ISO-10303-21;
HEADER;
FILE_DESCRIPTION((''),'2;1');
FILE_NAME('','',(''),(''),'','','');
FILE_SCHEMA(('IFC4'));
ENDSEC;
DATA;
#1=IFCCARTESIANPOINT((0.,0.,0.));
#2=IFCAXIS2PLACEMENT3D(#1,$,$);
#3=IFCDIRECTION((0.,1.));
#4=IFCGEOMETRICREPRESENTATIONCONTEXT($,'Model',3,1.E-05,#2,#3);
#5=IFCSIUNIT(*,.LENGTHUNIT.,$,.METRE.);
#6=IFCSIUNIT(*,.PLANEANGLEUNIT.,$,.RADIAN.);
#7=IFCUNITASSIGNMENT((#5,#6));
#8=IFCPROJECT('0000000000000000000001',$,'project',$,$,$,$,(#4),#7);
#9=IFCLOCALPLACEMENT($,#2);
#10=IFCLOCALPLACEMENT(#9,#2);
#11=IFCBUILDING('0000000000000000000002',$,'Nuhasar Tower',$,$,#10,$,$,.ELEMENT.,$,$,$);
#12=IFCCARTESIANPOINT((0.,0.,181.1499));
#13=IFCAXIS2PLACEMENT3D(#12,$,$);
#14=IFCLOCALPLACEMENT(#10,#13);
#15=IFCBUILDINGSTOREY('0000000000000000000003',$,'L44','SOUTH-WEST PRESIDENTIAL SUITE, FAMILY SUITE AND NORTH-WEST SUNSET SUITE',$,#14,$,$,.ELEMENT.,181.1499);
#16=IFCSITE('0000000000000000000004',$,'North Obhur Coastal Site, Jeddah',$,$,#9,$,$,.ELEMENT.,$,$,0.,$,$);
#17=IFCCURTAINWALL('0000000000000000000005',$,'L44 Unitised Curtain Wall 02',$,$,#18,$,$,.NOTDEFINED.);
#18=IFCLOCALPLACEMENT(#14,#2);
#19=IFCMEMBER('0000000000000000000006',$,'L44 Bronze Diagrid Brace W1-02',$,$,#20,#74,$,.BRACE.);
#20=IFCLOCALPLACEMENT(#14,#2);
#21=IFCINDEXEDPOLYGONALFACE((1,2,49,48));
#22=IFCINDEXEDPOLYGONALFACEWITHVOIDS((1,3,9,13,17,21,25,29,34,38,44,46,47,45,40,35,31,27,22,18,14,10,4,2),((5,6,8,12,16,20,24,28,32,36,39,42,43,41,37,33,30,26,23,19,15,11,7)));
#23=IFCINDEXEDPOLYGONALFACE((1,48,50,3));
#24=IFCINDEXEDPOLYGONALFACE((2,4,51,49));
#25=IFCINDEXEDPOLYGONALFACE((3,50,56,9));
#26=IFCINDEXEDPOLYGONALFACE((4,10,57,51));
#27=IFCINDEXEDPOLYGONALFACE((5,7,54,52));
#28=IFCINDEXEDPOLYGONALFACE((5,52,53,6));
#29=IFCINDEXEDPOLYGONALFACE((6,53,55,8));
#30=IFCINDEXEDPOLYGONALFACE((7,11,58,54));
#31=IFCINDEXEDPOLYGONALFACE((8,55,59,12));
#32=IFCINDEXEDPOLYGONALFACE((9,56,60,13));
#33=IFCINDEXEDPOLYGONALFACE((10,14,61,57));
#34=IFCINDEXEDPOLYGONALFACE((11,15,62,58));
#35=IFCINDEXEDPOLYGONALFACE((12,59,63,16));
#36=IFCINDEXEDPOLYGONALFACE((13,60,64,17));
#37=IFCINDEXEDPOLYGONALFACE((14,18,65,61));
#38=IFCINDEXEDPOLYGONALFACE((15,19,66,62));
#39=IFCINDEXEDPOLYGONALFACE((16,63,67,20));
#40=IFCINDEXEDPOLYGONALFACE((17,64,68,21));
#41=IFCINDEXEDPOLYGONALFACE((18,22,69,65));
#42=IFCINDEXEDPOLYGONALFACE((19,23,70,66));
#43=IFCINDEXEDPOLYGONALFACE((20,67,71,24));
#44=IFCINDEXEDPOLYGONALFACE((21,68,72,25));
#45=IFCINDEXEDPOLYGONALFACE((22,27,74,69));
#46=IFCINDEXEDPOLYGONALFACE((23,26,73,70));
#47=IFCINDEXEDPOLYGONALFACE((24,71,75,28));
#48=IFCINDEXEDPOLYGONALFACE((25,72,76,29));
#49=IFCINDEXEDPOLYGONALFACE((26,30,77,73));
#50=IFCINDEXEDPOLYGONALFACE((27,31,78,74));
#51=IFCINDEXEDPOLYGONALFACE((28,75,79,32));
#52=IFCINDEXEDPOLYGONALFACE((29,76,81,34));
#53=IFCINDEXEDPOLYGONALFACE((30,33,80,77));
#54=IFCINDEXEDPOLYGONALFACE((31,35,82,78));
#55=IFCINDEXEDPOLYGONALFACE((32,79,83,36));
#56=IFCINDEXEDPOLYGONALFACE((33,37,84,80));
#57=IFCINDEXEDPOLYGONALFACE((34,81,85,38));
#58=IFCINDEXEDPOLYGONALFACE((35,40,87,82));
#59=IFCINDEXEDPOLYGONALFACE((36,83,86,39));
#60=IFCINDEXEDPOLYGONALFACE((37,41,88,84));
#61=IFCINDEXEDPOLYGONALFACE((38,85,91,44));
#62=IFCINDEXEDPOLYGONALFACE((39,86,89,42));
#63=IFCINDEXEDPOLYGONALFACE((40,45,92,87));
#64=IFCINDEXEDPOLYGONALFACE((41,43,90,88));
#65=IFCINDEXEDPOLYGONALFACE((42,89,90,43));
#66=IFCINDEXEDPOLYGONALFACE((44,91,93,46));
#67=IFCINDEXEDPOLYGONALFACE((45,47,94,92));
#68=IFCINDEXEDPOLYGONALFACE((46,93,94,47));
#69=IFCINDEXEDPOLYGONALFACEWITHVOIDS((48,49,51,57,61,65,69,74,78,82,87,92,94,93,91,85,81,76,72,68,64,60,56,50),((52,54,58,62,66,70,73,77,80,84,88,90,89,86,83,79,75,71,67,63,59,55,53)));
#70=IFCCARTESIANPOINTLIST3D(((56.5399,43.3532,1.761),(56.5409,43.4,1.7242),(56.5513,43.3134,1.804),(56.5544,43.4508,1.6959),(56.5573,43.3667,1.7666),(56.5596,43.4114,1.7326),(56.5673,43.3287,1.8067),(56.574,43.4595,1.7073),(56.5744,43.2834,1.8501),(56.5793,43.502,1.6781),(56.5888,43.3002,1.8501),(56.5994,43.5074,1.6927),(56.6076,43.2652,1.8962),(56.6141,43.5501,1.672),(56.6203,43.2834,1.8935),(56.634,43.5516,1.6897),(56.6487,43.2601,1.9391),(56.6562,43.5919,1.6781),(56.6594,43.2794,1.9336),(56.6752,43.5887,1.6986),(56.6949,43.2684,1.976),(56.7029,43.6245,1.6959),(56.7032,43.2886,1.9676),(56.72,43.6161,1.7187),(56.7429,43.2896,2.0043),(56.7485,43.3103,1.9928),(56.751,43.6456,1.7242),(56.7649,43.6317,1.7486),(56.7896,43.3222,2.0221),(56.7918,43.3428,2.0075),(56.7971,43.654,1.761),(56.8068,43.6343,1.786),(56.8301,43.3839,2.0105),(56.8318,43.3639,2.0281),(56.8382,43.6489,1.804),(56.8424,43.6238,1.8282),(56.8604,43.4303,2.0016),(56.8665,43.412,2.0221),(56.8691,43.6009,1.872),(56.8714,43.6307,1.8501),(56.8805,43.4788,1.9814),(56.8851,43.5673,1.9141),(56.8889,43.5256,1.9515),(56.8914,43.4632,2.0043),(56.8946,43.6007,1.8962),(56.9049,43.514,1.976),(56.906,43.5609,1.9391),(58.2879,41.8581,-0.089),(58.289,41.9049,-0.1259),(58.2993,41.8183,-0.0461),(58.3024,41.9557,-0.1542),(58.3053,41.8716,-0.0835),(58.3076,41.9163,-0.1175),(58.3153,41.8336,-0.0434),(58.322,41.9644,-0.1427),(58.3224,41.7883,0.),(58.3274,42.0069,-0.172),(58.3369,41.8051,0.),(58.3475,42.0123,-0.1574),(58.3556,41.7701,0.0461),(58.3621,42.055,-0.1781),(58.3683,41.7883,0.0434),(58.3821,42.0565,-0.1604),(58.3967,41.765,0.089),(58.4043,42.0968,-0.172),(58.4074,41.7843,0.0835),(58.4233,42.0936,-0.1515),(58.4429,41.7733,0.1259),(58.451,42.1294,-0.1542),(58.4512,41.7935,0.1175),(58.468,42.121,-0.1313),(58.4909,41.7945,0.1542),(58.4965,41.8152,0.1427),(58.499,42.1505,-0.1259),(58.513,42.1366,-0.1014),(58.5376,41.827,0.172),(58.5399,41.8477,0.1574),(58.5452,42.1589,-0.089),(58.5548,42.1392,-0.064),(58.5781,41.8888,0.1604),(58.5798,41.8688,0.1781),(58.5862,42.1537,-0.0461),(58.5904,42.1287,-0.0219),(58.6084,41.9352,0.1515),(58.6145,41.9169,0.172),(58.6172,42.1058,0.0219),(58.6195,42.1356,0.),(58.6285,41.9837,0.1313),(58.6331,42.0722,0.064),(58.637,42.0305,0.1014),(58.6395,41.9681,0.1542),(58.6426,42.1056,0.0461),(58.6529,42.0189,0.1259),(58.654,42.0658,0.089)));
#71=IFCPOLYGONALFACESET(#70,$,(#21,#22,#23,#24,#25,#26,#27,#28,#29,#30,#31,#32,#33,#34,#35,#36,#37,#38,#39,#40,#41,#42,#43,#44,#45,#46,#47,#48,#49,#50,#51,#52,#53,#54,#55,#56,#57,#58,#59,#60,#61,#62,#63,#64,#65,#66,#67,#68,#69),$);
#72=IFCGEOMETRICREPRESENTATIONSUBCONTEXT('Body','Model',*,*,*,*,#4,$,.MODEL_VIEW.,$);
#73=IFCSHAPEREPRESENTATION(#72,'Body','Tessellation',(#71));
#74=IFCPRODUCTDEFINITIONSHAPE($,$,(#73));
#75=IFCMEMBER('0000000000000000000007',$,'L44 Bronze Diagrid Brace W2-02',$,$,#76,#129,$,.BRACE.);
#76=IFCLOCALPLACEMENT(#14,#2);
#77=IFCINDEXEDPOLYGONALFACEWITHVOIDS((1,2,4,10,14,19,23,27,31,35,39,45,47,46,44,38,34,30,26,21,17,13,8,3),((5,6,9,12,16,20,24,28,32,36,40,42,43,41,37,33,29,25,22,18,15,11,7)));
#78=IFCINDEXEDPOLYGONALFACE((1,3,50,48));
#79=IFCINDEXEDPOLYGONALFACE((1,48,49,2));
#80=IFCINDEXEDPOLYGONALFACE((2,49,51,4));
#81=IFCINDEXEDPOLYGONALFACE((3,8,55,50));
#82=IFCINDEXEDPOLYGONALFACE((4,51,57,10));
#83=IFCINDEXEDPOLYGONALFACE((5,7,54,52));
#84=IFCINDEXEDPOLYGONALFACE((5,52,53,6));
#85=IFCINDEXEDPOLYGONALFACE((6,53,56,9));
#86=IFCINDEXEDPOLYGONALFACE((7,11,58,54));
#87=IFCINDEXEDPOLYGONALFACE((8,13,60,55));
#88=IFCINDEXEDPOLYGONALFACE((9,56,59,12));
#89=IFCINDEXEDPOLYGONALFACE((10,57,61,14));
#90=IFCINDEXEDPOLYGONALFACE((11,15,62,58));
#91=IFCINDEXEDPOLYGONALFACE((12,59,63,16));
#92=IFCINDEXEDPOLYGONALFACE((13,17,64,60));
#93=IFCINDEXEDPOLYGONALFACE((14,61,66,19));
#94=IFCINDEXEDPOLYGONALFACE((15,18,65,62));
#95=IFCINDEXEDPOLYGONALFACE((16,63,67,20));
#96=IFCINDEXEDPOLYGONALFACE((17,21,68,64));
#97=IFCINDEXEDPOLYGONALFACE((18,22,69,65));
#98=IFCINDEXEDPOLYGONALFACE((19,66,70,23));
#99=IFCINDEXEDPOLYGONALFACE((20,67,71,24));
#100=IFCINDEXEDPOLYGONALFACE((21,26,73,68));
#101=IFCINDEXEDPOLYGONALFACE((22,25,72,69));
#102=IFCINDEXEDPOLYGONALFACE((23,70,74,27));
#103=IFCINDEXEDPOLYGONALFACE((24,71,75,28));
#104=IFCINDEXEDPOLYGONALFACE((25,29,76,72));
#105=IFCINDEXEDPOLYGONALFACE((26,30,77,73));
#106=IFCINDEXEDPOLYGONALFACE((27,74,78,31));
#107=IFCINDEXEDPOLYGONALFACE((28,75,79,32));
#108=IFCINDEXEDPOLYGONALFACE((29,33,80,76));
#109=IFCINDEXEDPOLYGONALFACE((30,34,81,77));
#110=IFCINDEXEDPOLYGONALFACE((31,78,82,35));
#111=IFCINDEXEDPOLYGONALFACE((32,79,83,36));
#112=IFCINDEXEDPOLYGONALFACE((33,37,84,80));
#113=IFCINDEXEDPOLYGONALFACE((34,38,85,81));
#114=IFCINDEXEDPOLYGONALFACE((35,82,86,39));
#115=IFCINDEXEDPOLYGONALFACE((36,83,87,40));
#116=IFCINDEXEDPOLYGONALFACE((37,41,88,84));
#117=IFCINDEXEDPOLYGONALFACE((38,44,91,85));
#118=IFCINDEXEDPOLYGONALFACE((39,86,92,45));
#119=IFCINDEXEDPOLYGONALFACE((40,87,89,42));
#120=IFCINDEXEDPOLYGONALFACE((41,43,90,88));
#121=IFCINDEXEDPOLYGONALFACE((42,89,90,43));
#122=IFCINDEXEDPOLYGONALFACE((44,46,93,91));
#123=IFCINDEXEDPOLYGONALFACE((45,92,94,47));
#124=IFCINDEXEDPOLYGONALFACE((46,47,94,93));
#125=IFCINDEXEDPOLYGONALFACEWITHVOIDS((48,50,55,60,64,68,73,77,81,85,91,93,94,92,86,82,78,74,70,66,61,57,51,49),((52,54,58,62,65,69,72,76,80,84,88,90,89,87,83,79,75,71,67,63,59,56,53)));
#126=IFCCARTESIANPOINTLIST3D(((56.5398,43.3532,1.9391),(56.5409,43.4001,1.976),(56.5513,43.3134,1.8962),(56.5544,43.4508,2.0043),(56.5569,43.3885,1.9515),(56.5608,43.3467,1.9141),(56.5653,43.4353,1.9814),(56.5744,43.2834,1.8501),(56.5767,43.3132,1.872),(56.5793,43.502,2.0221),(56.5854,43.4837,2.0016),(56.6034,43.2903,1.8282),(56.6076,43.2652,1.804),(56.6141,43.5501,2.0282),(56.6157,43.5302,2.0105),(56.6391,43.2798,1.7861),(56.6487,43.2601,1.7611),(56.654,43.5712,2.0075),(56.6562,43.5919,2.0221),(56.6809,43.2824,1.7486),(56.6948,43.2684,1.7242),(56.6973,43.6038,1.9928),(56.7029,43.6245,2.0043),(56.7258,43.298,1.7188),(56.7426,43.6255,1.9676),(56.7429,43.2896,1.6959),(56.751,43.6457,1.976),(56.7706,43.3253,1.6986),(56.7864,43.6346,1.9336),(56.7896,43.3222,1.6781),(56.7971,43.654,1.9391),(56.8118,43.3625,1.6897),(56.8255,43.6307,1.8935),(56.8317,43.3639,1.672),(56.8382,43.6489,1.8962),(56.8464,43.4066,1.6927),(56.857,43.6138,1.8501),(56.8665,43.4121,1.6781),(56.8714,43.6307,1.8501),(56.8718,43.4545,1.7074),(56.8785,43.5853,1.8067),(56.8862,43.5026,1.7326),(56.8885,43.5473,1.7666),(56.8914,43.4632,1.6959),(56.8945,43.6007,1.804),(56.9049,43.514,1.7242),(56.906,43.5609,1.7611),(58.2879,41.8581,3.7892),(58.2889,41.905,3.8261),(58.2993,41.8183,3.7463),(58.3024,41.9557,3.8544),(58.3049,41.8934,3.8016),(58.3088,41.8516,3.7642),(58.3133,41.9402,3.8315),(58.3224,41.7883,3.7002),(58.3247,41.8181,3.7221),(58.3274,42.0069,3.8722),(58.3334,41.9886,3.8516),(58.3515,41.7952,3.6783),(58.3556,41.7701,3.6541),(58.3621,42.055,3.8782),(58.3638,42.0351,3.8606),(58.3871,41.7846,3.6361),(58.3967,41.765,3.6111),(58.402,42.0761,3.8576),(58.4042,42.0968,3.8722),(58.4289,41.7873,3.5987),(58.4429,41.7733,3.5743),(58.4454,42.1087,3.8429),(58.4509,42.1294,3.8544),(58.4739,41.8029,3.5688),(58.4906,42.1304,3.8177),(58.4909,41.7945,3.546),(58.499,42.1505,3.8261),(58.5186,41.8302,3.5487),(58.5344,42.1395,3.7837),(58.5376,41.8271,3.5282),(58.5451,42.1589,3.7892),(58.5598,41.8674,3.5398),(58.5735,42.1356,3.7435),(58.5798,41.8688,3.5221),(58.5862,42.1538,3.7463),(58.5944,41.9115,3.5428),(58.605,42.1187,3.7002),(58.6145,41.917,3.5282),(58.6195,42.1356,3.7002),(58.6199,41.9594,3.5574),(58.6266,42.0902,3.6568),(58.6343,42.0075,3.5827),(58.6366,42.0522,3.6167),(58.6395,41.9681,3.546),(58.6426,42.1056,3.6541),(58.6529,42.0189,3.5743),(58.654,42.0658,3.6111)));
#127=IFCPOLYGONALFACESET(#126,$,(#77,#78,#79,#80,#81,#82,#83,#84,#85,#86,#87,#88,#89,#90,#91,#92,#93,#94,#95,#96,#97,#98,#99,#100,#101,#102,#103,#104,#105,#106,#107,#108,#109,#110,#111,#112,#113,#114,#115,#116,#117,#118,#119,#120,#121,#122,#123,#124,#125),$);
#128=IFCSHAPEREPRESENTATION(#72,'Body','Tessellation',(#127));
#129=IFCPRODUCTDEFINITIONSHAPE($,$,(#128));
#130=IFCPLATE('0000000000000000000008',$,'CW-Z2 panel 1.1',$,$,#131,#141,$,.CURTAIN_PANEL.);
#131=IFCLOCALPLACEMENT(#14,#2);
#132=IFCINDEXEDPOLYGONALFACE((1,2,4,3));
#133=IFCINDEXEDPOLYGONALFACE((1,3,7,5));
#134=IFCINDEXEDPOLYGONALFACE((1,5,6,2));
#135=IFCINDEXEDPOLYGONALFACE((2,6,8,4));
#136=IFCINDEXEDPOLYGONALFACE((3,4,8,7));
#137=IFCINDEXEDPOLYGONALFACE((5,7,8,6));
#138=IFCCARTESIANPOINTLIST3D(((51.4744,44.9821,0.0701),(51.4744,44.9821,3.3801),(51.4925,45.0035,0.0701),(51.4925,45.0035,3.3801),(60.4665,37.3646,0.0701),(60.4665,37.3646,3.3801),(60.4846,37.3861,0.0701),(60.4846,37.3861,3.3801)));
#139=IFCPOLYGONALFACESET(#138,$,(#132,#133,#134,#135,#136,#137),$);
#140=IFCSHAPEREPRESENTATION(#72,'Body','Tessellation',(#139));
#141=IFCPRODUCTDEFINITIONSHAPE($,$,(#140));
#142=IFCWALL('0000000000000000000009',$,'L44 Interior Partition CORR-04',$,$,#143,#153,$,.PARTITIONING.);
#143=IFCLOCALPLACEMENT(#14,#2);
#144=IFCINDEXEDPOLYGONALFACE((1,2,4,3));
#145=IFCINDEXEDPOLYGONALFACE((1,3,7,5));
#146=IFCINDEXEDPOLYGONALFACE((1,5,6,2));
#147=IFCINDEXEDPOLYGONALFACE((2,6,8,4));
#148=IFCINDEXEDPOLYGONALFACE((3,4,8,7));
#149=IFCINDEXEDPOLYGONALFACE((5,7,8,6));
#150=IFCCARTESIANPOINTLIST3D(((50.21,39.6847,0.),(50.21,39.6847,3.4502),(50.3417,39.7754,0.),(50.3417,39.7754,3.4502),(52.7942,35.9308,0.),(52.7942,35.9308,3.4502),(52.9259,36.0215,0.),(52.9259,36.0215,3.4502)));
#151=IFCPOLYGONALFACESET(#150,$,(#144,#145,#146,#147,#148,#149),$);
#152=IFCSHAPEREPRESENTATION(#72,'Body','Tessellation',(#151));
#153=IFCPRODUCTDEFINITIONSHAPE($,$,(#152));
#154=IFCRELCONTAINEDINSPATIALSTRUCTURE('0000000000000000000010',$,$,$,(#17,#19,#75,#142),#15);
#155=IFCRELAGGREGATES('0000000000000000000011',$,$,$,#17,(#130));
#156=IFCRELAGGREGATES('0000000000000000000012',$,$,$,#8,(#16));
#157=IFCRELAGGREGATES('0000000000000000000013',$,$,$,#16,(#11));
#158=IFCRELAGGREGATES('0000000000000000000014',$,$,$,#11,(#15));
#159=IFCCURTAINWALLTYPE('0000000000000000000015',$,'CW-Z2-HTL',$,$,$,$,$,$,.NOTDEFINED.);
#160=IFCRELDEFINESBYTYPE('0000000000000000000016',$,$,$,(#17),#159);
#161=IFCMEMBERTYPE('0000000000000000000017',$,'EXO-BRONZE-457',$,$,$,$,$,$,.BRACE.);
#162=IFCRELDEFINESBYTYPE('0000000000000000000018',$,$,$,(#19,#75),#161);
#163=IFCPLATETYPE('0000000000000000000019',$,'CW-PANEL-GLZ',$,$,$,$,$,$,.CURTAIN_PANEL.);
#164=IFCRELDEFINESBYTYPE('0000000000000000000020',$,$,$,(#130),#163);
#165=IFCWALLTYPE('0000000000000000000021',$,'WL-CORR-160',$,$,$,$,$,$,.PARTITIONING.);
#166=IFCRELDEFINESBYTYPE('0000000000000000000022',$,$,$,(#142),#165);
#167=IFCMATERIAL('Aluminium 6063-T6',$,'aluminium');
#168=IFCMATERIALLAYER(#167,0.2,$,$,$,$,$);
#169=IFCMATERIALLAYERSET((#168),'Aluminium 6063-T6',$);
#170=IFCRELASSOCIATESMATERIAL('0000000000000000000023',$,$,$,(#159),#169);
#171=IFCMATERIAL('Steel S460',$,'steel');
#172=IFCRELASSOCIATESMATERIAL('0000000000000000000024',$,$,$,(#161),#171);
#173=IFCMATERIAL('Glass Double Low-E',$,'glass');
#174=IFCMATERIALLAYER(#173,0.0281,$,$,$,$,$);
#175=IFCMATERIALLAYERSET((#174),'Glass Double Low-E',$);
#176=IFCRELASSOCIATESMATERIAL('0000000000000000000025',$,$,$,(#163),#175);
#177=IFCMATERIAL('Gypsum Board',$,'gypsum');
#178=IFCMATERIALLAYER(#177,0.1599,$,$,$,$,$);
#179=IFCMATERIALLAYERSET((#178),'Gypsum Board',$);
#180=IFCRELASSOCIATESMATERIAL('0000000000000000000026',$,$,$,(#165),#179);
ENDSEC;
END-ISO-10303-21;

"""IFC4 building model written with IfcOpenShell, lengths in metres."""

from ifc_helpers import new_model, si_unit, direction, frame, frame_2d, origin, origin_2d, place, context, subcontext, project, spatial, rectangle, hollow_circle, extrude, material, layer, layer_set, material_profile, profile_set, type_object, element, aggregate, save


model = new_model("IFC4")

# Units and contexts
model_context = context("Model", 3, precision=1e-05, world=origin(), true_north=direction((0.0, 1.0)))
body_context = subcontext(model_context, "Body", "Model", "MODEL_VIEW")
ifc_project = project(units=[si_unit("LENGTHUNIT", "METRE"), si_unit("PLANEANGLEUNIT", "RADIAN")], contexts=[model_context])

# Site, building, storey
site_placement = place(None, origin())
site = spatial("IfcSite", under=ifc_project, at=site_placement, Name="North Obhur Coastal Site, Jeddah", CompositionType="ELEMENT", RefElevation=0.0)
building_placement = place(site_placement, origin())
building = spatial("IfcBuilding", under=site, at=building_placement, Name="Nuhasar Tower", CompositionType="ELEMENT")
storey_placement = place(building_placement, frame((0.0, 0.0, 181.1499)))
storey = spatial("IfcBuildingStorey", under=building, at=storey_placement, Name="L44", Description="SOUTH-WEST PRESIDENTIAL SUITE, FAMILY SUITE AND NORTH-WEST SUNSET SUITE", CompositionType="ELEMENT", Elevation=181.1499)

# Shared definitions
ifc_material_1 = material(Name="Aluminium 6063-T6", Category="aluminium")
ifc_layer_1 = layer(ifc_material_1, 0.2)
ifc_layer_set_1 = layer_set([ifc_layer_1], Name="Aluminium 6063-T6")
curtain_wall_type = type_object("IfcCurtainWallType", Name="CW-Z2-HTL", PredefinedType="NOTDEFINED", material=ifc_layer_set_1)

# Curtain wall
curtain_wall_1_placement = place(storey_placement, origin())
curtain_wall_1 = element("IfcCurtainWall", 1, at=curtain_wall_1_placement, inside=storey, type_object=curtain_wall_type, Name="L44 Unitised Curtain Wall 02", PredefinedType="NOTDEFINED")

# Members
ifc_material_2 = material(Name="Steel S460", Category="steel")
ifc_material_profile_1 = material_profile(ifc_material_2, hollow_circle(Radius=0.2285, WallThickness=0.0222, at=origin_2d()), Name="HSS457X22.2")
ifc_profile_set_1 = profile_set([ifc_material_profile_1], Name="Steel S460")
member_type_1 = type_object("IfcMemberType", Name="EXO-BRONZE-457", PredefinedType="BRACE", material=ifc_profile_set_1)
for number, where, z_axis, x_axis, name in (
    (2, (58.4709, 41.9619, 0.0), (-0.59217, 0.506488, 0.626741), (-0.649987, -0.759945, 0.0), "L44 Bronze Diagrid Brace W1-02"),
    (3, (56.7229, 43.457, 1.8501), (0.59217, -0.506488, 0.626741), (0.649987, 0.759945, 0.0), "L44 Bronze Diagrid Brace W2-02"),
):
    element("IfcMember", number, at=place(storey_placement, frame(where, z_axis=z_axis, x_axis=x_axis)), inside=storey, type_object=member_type_1, Name=name, PredefinedType="BRACE", context=body_context, shape_type="SweptSolid", body=[
        extrude(hollow_circle(Radius=0.2285, WallThickness=0.0222, at=origin_2d()), origin(), (0.0, 0.0, 1.0), 2.9519),
    ])

# Plate
ifc_material_3 = material(Name="Glass Double Low-E", Category="glass")
ifc_layer_2 = layer(ifc_material_3, 0.0281)
ifc_layer_set_2 = layer_set([ifc_layer_2], Name="Glass Double Low-E")
plate_type = type_object("IfcPlateType", Name="CW-PANEL-GLZ", PredefinedType="CURTAIN_PANEL", material=ifc_layer_set_2)
plate_placement = place(storey_placement, frame((55.9795, 41.1841, 0.0701), z_axis=(0.0, 0.0, 1.0), x_axis=(-0.76302, 0.646374, 0.0)))
plate = element("IfcPlate", 4, at=plate_placement, type_object=plate_type, Name="CW-Z2 panel 1.1", PredefinedType="CURTAIN_PANEL", context=body_context, shape_type="SweptSolid", body=[
    extrude(rectangle(XDim=11.7849, YDim=0.0281, at=origin_2d()), origin(), (0.0, 0.0, 1.0), 3.3101),
])
aggregate(curtain_wall_1, [plate])

# Shared definitions
ifc_material_4 = material(Name="Gypsum Board", Category="gypsum")
ifc_layer_3 = layer(ifc_material_4, 0.1599)
ifc_layer_set_3 = layer_set([ifc_layer_3], Name="Gypsum Board")
wall_type = type_object("IfcWallType", Name="WL-CORR-160", PredefinedType="PARTITIONING", material=ifc_layer_set_3)

# Wall
wall_1_placement = place(storey_placement, frame((52.8601, 35.9761, 0.0), z_axis=(0.0, 0.0, 1.0), x_axis=(-0.567038, 0.823692, 0.0)))
element("IfcWall", 5, at=wall_1_placement, inside=storey, type_object=wall_type, Name="L44 Interior Partition CORR-04", PredefinedType="PARTITIONING", context=body_context, shape_type="SweptSolid", body=[
    extrude(rectangle(XDim=4.5574, YDim=0.1599, at=frame_2d((2.2788, 0.0))), origin(), (0.0, 0.0, 1.0), 3.4502),
])

save(model, "model.ifc")
